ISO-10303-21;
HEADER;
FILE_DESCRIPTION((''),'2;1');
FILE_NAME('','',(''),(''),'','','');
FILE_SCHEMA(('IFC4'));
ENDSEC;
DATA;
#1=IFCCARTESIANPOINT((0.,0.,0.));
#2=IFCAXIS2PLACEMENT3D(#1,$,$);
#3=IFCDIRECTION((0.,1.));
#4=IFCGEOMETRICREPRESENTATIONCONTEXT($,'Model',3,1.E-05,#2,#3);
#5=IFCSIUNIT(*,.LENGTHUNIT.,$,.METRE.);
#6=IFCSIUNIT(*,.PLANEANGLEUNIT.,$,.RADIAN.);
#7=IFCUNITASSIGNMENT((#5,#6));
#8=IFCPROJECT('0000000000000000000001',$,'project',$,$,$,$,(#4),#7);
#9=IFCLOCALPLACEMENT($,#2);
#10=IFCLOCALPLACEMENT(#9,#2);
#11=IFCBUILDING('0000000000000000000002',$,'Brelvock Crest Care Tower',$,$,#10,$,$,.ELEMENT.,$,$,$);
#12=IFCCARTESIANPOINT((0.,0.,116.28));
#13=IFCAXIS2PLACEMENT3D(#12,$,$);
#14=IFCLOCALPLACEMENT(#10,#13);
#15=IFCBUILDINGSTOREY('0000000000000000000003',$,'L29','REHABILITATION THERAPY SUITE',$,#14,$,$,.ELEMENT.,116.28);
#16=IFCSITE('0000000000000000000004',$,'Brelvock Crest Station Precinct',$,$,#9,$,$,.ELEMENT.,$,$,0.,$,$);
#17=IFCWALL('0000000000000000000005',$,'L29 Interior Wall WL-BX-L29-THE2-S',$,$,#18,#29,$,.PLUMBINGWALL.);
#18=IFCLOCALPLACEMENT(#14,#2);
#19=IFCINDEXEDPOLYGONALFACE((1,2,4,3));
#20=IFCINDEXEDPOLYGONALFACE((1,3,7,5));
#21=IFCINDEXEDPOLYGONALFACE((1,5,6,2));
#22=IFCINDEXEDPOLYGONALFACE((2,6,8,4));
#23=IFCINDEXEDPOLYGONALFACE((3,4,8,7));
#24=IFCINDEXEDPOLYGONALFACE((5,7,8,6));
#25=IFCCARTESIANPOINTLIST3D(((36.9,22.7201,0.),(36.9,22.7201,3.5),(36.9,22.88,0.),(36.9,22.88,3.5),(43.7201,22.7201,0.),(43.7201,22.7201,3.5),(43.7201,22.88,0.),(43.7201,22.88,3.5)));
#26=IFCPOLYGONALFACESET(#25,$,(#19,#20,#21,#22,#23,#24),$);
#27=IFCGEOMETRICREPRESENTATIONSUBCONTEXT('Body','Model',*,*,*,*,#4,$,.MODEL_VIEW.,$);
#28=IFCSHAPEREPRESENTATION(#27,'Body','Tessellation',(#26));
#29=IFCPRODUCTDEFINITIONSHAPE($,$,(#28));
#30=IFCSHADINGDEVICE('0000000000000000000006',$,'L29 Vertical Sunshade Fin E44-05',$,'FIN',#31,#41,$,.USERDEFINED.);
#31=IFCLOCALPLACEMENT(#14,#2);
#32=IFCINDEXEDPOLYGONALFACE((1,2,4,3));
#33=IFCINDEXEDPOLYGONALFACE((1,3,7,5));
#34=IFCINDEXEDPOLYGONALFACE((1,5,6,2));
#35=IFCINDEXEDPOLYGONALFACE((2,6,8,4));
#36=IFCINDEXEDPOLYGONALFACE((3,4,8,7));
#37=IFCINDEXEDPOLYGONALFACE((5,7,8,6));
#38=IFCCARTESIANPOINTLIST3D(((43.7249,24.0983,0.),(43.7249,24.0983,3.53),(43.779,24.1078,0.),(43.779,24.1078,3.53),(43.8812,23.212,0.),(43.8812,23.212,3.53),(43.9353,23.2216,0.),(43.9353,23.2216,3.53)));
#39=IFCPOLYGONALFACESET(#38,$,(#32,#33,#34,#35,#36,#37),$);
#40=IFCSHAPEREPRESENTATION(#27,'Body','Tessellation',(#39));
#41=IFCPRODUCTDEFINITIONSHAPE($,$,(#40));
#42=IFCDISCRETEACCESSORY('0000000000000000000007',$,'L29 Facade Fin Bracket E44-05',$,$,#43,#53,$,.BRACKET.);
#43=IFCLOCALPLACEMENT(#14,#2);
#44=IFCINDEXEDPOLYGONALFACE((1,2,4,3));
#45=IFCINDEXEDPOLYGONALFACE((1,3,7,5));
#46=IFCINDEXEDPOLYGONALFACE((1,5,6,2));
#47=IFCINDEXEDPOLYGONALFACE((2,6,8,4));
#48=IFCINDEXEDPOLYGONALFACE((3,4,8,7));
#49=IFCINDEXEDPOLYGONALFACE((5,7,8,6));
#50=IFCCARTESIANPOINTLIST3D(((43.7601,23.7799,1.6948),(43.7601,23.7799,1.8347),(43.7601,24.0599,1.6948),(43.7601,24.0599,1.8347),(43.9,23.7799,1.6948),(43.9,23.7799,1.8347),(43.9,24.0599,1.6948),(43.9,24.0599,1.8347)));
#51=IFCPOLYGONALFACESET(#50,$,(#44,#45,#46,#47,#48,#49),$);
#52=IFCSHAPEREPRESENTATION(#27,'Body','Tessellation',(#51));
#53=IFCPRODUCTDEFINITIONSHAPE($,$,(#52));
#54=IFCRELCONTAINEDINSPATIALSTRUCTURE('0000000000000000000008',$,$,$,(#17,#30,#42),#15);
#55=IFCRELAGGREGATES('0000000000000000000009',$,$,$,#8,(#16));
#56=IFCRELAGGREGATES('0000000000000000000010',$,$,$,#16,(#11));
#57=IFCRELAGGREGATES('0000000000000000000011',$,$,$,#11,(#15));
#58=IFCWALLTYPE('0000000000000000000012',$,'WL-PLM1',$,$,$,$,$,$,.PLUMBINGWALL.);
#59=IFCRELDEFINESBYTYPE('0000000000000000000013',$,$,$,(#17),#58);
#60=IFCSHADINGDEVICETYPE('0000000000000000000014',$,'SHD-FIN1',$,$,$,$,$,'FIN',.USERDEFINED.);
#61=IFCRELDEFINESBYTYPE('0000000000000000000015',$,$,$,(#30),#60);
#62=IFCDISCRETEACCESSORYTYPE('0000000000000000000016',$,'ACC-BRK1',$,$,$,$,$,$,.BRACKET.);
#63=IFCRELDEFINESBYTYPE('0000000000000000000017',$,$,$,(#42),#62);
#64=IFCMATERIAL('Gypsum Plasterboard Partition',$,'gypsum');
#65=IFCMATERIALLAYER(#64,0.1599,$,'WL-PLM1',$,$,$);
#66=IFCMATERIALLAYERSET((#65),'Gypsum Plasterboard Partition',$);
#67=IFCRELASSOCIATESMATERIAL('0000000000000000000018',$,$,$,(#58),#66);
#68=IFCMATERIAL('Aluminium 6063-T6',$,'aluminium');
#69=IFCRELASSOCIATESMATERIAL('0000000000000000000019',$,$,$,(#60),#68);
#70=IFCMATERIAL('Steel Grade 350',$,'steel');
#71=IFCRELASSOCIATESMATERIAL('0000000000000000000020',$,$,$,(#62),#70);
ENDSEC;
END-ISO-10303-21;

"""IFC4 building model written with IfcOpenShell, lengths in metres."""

from ifc_helpers import new_model, si_unit, direction, frame, frame_2d, origin, origin_2d, place, context, subcontext, project, spatial, rectangle, extrude, source, transform, mapped, material, layer, layer_set, material_profile, profile_set, type_object, element, save


model = new_model("IFC4")

# Units and contexts
model_context = context("Model", 3, precision=1e-05, world=origin(), true_north=direction((0.0, 1.0)))
body_context = subcontext(model_context, "Body", "Model", "MODEL_VIEW")
ifc_project = project(units=[si_unit("LENGTHUNIT", "METRE"), si_unit("PLANEANGLEUNIT", "RADIAN")], contexts=[model_context])

# Site, building, storey
site_placement = place(None, origin())
site = spatial("IfcSite", under=ifc_project, at=site_placement, Name="Brelvock Crest Station Precinct", CompositionType="ELEMENT", RefElevation=0.0)
building_placement = place(site_placement, origin())
building = spatial("IfcBuilding", under=site, at=building_placement, Name="Brelvock Crest Care Tower", CompositionType="ELEMENT")
storey_placement = place(building_placement, frame((0.0, 0.0, 116.28)))
storey = spatial("IfcBuildingStorey", under=building, at=storey_placement, Name="L29", Description="REHABILITATION THERAPY SUITE", CompositionType="ELEMENT", Elevation=116.28)

# Shared definitions
ifc_material_1 = material(Name="Steel Grade 350", Category="steel")

# Shared definitions
ifc_material_2 = material(Name="Aluminium 6063-T6", Category="aluminium")

# Wall
ifc_material_3 = material(Name="Gypsum Plasterboard Partition", Category="gypsum")
ifc_layer_1 = layer(ifc_material_3, 0.1599, Name="WL-PLM1")
ifc_layer_set_1 = layer_set([ifc_layer_1], Name="Gypsum Plasterboard Partition")
wall_type_1 = type_object("IfcWallType", Name="WL-PLM1", PredefinedType="PLUMBINGWALL", material=ifc_layer_set_1)
wall_1_placement = place(storey_placement, frame((36.8999, 22.8, 0.0), z_axis=(0.0, 0.0, 1.0), x_axis=(1.0, 0.0, 0.0)))
element("IfcWall", 1, at=wall_1_placement, inside=storey, type_object=wall_type_1, Name="L29 Interior Wall WL-BX-L29-THE2-S", PredefinedType="PLUMBINGWALL", context=body_context, shape_type="SweptSolid", body=[
    extrude(rectangle(XDim=6.8201, YDim=0.1599, at=frame_2d((3.4102, 0.0))), origin(), (0.0, 0.0, 1.0), 3.5),
])

# Shading device
ifc_material_profile_1 = material_profile(ifc_material_2, rectangle(XDim=0.0549, YDim=0.8999, at=origin_2d()), Name="FIN55x900")
ifc_profile_set_1 = profile_set([ifc_material_profile_1], Name="Aluminium 6063-T6")
shading_device_type = type_object("IfcShadingDeviceType", Name="SHD-FIN1", ElementType="FIN", PredefinedType="USERDEFINED", material=ifc_profile_set_1)
shared_shape_1 = source(origin(), body_context, "Body", "SweptSolid", [
    extrude(rectangle(XDim=0.0549, YDim=0.8999, at=origin_2d()), origin(), (0.0, 0.0, 1.0), 3.53),
])
shading_device_placement = place(storey_placement, frame((43.8301, 23.6599, 0.0), z_axis=(0.0, 0.0, 1.0), x_axis=(-0.984808, -0.173648, 0.0)))
element("IfcShadingDevice", 2, at=shading_device_placement, inside=storey, type_object=shading_device_type, Name="L29 Vertical Sunshade Fin E44-05", ObjectType="FIN", PredefinedType="USERDEFINED", context=body_context, shape_type="MappedRepresentation", body=[
    mapped(shared_shape_1, transform((0.0, 0.0, 0.0), x_axis=(1.0, 0.0, 0.0), y_axis=(0.0, 1.0, 0.0), z_axis=(0.0, 0.0, 1.0), scale=1.0)),
])

# Discrete accessory
discrete_accessory_type = type_object("IfcDiscreteAccessoryType", Name="ACC-BRK1", PredefinedType="BRACKET", material=ifc_material_1)
shared_shape_2 = source(origin(), body_context, "Body", "SweptSolid", [
    extrude(rectangle(XDim=0.28, YDim=0.1399, at=origin_2d()), origin(), (0.0, 0.0, 1.0), 0.1399),
])
discrete_accessory_placement = place(storey_placement, frame((43.8301, 23.9199, 1.6948), z_axis=(0.0, 0.0, 1.0), x_axis=(0.0, -1.0, 0.0)))
element("IfcDiscreteAccessory", 3, at=discrete_accessory_placement, inside=storey, type_object=discrete_accessory_type, Name="L29 Facade Fin Bracket E44-05", PredefinedType="BRACKET", context=body_context, shape_type="MappedRepresentation", body=[
    mapped(shared_shape_2, transform((0.0, 0.0, 0.0), x_axis=(1.0, 0.0, 0.0), y_axis=(0.0, 1.0, 0.0), z_axis=(0.0, 0.0, 1.0), scale=1.0)),
])

save(model, "model.ifc")
